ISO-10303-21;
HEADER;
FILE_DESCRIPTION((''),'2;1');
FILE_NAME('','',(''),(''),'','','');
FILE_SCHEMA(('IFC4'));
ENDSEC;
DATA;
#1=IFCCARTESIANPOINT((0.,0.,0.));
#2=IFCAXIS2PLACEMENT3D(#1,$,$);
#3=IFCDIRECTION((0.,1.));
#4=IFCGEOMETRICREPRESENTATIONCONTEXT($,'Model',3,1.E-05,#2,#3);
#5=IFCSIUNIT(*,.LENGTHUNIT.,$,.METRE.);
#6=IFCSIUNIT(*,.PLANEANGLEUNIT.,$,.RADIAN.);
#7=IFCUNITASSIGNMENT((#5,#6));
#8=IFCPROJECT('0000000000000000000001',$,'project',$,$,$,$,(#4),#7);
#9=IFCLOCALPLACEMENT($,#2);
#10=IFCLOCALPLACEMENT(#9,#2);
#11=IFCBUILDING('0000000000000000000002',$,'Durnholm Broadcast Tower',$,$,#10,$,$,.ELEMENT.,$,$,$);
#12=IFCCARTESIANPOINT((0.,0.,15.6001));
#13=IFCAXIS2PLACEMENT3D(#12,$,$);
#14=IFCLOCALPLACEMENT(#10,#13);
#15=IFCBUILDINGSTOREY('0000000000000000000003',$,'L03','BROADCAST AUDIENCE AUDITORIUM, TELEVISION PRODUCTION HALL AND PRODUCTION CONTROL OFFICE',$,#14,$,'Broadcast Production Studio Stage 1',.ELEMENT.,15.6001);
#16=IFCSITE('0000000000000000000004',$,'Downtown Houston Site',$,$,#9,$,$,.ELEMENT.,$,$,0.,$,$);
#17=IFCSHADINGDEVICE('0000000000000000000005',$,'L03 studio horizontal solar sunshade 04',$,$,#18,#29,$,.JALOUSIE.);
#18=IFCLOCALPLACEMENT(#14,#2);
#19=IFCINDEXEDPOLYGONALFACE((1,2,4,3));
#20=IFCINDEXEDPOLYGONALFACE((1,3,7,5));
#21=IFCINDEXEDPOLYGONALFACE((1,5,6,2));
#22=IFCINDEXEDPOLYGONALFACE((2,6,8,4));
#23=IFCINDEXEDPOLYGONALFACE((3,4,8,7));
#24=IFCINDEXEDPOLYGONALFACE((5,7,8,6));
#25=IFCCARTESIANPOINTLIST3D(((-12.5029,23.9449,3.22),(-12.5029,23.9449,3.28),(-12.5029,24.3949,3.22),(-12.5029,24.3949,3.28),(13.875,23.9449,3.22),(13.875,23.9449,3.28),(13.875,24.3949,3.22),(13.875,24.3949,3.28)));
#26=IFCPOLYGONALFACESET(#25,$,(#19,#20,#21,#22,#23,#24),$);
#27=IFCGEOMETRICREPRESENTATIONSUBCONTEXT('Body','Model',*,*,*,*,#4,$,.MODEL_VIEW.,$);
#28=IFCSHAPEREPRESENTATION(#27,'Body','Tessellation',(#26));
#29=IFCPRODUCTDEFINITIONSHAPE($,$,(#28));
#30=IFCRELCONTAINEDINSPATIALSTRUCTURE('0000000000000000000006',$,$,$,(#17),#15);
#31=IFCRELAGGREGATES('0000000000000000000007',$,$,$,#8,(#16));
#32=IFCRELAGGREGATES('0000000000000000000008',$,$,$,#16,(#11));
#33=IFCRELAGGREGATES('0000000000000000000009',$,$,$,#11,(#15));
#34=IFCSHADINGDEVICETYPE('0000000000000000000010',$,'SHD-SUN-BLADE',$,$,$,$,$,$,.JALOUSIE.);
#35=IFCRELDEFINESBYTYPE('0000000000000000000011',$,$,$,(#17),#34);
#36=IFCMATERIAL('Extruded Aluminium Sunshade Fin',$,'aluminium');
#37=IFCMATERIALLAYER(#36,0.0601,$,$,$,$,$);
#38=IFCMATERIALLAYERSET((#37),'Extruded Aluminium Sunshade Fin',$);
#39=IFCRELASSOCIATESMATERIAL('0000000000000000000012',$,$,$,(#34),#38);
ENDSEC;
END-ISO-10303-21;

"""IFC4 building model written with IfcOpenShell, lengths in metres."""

from ifc_helpers import new_model, si_unit, direction, frame, origin, origin_2d, place, context, subcontext, project, spatial, rectangle, extrude, source, transform, mapped, material, layer, layer_set, type_object, type_shapes, element, save


model = new_model("IFC4")

# Units and contexts
model_context = context("Model", 3, precision=1e-05, world=origin(), true_north=direction((0.0, 1.0)))
body_context = subcontext(model_context, "Body", "Model", "MODEL_VIEW")
ifc_project = project(units=[si_unit("LENGTHUNIT", "METRE"), si_unit("PLANEANGLEUNIT", "RADIAN")], contexts=[model_context])

# Site, building, storey
site_placement = place(None, origin())
site = spatial("IfcSite", under=ifc_project, at=site_placement, Name="Downtown Houston Site", CompositionType="ELEMENT", RefElevation=0.0)
building_placement = place(site_placement, origin())
building = spatial("IfcBuilding", under=site, at=building_placement, Name="Durnholm Broadcast Tower", CompositionType="ELEMENT")
storey_placement = place(building_placement, frame((0.0, 0.0, 15.6001)))
storey = spatial("IfcBuildingStorey", under=building, at=storey_placement, Name="L03", Description="BROADCAST AUDIENCE AUDITORIUM, TELEVISION PRODUCTION HALL AND PRODUCTION CONTROL OFFICE", LongName="Broadcast Production Studio Stage 1", CompositionType="ELEMENT", Elevation=15.6001)

# Shading device
ifc_material_1 = material(Name="Extruded Aluminium Sunshade Fin", Category="aluminium")
ifc_layer_1 = layer(ifc_material_1, 0.0601)
ifc_layer_set_1 = layer_set([ifc_layer_1], Name="Extruded Aluminium Sunshade Fin")
shading_device_type = type_object("IfcShadingDeviceType", Name="SHD-SUN-BLADE", PredefinedType="JALOUSIE", material=ifc_layer_set_1)
shared_shape_1 = source(origin(), body_context, "Body", "SweptSolid", [
    extrude(rectangle(XDim=26.3779, YDim=0.45, at=origin_2d()), origin(), (0.0, 0.0, 1.0), 0.0601),
])
type_shapes(shading_device_type, [shared_shape_1])
shading_device_placement = place(storey_placement, frame((0.686, 24.1699, 3.22), z_axis=(0.0, 0.0, 1.0), x_axis=(1.0, 0.0, 0.0)))
element("IfcShadingDevice", 1, at=shading_device_placement, inside=storey, type_object=shading_device_type, Name="L03 studio horizontal solar sunshade 04", PredefinedType="JALOUSIE", context=body_context, shape_type="MappedRepresentation", body=[
    mapped(shared_shape_1, transform((0.0, 0.0, 0.0), x_axis=(1.0, 0.0, 0.0), y_axis=(0.0, 1.0, 0.0), z_axis=(0.0, 0.0, 1.0), scale=1.0)),
])

save(model, "model.ifc")
